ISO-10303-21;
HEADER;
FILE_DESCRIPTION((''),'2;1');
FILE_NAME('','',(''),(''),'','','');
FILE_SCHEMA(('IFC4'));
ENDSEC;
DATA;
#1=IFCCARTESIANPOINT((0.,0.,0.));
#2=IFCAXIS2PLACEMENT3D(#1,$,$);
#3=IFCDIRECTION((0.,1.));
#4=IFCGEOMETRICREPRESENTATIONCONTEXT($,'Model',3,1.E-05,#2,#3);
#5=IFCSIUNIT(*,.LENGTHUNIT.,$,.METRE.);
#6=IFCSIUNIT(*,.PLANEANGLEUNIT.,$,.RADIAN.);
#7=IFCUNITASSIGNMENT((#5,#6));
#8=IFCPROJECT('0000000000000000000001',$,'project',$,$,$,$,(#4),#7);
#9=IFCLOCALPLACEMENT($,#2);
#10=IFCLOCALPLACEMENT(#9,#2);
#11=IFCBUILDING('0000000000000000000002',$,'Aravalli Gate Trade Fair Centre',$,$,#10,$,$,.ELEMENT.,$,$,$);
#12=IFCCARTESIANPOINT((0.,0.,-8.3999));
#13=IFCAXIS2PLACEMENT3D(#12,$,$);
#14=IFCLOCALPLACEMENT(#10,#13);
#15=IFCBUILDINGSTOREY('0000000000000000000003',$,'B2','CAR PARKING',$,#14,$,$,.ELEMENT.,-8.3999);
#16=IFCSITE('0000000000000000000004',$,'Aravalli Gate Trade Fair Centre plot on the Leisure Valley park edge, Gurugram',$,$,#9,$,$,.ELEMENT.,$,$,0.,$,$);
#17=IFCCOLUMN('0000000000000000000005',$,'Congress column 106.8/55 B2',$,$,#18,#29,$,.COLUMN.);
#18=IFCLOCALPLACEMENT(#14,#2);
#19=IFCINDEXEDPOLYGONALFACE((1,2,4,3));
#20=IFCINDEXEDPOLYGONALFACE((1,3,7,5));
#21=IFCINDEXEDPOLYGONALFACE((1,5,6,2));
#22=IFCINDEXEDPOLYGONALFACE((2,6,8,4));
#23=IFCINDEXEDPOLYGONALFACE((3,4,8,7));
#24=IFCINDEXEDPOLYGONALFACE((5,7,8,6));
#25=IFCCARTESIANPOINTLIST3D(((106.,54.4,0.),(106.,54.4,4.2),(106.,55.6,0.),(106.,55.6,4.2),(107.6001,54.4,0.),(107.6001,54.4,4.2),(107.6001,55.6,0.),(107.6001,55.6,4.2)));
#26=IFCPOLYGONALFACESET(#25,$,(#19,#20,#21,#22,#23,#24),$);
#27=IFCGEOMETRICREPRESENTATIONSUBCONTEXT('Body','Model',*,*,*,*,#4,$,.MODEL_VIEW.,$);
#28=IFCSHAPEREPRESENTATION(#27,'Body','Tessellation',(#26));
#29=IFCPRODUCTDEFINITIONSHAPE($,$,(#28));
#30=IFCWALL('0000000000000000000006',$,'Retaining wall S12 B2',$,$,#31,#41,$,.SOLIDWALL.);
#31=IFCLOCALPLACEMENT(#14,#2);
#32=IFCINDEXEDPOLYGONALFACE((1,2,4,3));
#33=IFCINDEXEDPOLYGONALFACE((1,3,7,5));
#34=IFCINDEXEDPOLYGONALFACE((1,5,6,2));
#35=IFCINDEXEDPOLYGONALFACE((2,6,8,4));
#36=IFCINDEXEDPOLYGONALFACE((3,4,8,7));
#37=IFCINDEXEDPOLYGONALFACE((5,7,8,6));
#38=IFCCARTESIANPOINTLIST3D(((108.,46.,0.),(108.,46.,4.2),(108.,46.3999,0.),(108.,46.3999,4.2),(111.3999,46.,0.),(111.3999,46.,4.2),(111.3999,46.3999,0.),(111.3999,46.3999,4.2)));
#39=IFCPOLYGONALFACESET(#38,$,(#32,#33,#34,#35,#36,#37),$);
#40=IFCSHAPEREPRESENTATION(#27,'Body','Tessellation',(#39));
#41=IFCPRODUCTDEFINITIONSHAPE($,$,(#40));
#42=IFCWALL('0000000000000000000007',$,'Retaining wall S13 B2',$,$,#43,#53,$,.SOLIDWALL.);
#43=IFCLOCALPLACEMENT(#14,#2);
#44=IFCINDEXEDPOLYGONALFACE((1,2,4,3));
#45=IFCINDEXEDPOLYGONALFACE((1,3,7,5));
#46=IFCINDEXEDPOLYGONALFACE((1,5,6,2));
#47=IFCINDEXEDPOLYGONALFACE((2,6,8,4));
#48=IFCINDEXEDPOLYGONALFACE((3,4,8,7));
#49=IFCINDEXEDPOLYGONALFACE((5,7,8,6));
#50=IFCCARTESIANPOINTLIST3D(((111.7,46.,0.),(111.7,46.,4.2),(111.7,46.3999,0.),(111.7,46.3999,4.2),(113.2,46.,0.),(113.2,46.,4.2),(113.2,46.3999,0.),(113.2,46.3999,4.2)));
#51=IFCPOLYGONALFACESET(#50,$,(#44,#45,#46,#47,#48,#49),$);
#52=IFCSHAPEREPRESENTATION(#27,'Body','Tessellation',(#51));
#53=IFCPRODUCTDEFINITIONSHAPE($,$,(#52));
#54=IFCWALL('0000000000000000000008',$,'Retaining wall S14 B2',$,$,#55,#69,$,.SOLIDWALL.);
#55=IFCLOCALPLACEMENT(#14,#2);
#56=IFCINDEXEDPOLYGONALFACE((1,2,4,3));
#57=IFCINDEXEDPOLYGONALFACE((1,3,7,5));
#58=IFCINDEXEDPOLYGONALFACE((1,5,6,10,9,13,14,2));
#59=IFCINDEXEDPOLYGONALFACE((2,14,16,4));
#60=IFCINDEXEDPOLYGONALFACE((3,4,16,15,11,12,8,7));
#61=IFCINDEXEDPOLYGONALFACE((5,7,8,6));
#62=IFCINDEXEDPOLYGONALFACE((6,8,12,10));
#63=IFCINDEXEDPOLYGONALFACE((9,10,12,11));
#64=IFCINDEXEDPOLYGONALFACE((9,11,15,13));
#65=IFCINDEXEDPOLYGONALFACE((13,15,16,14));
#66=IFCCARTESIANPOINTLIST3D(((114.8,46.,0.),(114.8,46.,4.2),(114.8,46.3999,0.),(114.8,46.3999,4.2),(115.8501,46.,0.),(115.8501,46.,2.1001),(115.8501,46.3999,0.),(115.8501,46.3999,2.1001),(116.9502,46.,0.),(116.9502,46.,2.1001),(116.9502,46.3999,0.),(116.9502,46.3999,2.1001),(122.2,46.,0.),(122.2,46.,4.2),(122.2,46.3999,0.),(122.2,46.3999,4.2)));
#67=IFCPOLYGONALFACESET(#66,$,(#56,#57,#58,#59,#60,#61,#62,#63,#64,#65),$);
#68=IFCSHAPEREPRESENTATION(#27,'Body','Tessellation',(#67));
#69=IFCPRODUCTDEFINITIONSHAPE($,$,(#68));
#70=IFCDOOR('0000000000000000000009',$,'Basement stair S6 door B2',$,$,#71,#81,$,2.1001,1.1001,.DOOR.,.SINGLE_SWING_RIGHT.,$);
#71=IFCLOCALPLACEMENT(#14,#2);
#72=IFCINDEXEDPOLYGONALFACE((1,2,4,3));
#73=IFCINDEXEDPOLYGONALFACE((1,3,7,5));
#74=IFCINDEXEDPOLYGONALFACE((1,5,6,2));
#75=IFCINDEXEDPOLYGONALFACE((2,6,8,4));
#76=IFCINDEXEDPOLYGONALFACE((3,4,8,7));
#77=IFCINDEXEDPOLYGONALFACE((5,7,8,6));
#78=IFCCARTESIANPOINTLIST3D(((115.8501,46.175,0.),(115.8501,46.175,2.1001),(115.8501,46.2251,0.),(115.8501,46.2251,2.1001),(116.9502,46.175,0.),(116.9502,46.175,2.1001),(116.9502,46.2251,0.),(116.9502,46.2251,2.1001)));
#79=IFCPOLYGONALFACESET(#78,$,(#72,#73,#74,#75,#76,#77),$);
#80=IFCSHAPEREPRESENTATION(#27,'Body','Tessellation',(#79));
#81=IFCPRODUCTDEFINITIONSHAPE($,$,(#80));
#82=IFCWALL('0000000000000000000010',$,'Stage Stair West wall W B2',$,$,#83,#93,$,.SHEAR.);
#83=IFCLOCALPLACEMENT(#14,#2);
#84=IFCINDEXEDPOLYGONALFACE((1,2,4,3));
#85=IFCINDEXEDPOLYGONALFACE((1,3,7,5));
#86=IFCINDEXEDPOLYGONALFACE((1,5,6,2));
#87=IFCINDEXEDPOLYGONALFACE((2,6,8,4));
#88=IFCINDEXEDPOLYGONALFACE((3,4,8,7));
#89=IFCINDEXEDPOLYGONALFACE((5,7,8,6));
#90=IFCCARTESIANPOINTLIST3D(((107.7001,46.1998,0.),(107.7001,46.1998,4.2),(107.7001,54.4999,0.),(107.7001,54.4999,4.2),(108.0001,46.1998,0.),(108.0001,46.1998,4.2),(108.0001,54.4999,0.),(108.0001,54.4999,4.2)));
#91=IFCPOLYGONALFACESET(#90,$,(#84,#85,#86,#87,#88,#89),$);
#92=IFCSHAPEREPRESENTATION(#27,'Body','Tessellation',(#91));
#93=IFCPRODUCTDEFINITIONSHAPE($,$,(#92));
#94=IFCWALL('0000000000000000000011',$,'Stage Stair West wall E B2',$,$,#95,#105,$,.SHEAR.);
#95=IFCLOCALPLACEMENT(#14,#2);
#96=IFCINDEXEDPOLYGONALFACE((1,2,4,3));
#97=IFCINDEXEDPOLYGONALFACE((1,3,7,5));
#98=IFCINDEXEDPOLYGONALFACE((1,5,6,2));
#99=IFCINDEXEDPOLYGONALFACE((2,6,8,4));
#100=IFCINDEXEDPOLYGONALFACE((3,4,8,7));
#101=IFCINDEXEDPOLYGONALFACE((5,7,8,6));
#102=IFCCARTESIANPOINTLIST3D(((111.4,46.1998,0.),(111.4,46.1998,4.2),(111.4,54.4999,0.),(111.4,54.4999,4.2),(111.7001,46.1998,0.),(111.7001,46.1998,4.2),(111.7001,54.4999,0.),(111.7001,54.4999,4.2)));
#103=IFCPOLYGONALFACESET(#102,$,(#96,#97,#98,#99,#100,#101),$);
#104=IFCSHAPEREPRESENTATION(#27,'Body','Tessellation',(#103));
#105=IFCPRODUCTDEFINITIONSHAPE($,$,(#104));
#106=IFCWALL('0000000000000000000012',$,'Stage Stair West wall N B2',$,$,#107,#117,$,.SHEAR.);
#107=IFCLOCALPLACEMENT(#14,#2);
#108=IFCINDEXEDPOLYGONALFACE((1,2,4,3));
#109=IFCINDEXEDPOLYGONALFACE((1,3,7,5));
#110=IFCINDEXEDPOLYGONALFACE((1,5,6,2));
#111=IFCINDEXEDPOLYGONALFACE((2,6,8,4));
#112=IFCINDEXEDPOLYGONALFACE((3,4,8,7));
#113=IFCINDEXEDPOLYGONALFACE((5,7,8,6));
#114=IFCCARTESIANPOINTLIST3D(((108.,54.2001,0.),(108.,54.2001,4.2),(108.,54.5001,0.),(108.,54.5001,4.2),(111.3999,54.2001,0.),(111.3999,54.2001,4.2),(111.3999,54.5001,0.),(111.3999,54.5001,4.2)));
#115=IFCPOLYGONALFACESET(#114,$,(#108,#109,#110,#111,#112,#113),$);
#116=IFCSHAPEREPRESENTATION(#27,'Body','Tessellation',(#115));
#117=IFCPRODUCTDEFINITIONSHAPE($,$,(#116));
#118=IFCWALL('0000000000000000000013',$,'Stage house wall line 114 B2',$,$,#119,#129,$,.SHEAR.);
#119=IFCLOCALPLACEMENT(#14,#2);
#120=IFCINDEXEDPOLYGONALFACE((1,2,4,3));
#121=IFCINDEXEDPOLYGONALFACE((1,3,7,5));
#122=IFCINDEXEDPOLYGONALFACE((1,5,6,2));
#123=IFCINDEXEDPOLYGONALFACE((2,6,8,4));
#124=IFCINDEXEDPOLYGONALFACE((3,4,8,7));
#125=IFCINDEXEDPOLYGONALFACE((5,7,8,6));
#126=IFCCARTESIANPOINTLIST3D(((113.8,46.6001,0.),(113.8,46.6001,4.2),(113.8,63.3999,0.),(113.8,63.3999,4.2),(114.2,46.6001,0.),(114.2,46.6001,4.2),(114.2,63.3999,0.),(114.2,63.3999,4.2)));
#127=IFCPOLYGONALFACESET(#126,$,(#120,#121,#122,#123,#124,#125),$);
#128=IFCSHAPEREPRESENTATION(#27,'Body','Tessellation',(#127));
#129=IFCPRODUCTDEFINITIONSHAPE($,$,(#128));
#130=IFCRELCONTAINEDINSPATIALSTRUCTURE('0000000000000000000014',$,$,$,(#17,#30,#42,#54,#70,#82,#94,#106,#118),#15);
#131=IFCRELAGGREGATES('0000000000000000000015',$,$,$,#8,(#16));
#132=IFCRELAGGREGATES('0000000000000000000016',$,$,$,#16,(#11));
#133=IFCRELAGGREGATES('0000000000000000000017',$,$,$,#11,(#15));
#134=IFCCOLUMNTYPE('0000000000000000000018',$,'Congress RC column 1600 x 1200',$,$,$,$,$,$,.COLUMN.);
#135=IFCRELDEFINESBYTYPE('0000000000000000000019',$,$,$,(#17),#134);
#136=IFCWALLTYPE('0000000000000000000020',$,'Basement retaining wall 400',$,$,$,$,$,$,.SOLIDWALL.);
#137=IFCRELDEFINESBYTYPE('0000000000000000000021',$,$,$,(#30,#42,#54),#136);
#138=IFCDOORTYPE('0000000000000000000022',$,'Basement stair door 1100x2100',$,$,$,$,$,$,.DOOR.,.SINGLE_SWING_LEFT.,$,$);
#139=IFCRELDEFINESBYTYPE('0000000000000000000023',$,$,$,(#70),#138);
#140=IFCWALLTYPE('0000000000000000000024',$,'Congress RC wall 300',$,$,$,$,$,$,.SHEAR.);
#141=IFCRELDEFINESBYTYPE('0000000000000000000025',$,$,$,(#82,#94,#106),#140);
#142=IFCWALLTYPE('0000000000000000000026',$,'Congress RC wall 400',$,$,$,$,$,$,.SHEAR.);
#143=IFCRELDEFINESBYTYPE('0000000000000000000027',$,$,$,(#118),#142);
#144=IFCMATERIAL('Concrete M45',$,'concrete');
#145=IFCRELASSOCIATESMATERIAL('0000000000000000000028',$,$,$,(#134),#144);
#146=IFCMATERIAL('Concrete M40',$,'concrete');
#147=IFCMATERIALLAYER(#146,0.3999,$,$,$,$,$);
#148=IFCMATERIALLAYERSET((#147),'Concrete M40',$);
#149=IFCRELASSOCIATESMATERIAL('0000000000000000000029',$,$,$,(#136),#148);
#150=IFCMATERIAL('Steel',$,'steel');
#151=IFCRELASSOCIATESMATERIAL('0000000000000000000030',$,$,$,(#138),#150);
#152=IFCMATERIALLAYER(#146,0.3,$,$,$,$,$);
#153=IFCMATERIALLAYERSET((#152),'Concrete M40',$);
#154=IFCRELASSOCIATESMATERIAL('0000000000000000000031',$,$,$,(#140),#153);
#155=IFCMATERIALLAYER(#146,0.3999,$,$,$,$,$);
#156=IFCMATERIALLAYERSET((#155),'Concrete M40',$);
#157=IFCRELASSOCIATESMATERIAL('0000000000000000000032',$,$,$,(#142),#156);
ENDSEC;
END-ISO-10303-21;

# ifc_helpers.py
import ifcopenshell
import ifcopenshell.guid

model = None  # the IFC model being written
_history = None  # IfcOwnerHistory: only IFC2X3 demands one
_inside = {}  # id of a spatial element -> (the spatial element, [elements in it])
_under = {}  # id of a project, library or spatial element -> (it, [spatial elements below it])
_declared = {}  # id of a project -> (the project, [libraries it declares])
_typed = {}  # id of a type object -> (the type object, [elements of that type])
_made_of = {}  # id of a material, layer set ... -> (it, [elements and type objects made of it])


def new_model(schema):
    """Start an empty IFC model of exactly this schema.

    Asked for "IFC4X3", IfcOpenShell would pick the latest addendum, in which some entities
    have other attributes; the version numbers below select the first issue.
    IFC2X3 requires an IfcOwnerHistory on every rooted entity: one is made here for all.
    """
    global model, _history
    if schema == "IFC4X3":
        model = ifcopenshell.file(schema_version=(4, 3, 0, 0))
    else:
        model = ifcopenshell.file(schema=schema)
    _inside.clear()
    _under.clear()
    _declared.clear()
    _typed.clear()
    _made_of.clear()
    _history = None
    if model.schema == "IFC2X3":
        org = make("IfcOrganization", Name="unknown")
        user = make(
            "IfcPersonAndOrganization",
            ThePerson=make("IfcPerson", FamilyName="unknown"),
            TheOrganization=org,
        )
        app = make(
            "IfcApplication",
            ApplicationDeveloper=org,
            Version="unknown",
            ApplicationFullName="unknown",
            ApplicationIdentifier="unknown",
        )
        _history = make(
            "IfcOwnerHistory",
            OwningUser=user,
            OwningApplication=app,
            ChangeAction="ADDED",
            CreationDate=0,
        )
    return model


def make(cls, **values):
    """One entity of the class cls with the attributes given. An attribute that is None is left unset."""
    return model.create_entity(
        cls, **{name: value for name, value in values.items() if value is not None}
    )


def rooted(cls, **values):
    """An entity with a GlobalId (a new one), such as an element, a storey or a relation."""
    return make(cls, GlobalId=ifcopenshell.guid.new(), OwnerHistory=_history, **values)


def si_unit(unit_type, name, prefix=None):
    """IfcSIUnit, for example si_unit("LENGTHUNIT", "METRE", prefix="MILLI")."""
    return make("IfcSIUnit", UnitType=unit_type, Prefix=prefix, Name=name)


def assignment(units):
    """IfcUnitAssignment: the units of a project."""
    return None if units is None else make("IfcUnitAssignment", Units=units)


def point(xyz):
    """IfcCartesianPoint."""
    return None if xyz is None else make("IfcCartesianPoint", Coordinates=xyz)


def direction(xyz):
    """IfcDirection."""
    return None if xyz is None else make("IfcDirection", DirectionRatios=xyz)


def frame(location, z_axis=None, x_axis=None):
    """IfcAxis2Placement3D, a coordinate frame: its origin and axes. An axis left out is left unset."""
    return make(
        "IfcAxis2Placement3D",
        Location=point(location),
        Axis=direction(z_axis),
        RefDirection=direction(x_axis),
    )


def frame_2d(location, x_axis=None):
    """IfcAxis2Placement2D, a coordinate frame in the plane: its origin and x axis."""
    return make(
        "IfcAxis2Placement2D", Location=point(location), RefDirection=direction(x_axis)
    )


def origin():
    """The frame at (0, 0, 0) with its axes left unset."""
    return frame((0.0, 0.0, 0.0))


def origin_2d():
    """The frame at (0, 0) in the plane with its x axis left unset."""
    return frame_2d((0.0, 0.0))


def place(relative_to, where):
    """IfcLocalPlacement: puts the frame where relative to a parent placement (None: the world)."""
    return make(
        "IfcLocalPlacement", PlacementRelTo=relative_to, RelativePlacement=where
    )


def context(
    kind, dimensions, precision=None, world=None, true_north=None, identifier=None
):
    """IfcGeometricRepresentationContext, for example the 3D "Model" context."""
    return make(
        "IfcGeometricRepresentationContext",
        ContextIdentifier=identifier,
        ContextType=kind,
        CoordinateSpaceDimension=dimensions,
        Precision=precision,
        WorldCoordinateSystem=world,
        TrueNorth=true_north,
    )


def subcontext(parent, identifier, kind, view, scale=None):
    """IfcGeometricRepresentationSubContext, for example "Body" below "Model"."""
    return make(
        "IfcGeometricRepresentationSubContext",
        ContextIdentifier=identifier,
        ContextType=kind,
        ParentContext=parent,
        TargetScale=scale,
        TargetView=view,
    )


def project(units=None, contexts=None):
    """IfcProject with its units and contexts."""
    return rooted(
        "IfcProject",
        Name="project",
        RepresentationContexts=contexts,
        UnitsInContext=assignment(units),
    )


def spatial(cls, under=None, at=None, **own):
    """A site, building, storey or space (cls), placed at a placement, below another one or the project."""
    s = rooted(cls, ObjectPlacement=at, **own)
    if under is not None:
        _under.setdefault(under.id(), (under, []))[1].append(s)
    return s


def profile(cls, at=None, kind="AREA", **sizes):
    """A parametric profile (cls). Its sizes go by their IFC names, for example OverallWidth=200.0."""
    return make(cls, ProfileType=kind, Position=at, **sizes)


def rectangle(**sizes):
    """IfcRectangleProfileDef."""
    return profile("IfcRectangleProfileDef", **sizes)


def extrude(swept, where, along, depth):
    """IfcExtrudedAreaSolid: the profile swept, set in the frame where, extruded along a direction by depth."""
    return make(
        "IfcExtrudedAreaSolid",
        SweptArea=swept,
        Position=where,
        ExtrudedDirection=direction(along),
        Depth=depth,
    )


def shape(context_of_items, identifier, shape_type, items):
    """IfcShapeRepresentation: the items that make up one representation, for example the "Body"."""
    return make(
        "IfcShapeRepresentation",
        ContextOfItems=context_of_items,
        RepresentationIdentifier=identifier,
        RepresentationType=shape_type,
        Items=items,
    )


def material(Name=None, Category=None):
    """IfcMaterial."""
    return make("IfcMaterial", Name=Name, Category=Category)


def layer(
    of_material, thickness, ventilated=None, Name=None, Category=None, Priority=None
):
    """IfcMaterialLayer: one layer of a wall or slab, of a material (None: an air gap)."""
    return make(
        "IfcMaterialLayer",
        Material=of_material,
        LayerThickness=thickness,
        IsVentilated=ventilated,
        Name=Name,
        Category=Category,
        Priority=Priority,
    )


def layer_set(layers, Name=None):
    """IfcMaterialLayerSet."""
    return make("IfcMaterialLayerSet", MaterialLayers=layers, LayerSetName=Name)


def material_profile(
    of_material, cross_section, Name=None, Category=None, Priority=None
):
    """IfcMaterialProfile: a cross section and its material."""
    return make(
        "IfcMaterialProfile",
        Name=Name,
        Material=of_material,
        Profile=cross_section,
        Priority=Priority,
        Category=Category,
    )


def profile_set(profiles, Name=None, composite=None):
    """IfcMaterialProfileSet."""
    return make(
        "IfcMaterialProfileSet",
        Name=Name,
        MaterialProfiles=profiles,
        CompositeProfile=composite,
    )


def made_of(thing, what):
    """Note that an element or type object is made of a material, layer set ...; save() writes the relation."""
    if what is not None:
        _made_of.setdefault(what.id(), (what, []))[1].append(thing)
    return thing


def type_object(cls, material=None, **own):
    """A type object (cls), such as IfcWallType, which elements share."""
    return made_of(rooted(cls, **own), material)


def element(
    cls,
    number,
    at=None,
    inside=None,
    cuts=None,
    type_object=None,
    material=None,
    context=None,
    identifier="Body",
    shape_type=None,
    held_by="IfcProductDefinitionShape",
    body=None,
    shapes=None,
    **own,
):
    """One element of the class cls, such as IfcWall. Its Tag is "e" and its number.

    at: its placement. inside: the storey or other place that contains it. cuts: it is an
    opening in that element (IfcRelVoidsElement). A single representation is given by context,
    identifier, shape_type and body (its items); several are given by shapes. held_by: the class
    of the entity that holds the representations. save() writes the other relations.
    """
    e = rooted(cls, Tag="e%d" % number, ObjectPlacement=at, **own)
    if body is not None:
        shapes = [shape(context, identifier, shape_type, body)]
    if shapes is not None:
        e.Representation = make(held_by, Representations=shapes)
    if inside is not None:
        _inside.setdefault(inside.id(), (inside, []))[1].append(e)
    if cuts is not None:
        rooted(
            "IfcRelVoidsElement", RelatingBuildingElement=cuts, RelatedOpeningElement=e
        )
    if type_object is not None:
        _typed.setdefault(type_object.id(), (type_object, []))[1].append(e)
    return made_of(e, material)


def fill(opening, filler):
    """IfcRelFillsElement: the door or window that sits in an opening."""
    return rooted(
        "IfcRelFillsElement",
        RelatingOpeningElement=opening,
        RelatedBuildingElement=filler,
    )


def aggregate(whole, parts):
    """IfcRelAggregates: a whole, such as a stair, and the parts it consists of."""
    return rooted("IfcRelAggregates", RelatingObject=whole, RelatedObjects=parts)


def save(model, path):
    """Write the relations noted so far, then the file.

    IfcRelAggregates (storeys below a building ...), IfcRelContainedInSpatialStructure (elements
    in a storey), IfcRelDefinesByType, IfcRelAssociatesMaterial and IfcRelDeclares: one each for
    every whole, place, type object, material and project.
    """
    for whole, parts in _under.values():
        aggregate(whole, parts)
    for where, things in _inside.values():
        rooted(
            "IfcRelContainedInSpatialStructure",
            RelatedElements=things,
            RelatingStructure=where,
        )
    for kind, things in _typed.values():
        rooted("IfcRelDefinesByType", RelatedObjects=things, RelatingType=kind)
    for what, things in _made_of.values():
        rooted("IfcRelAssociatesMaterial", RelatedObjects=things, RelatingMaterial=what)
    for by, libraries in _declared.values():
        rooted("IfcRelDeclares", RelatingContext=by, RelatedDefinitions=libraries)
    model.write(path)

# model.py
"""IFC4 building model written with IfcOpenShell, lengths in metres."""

from ifc_helpers import new_model, si_unit, direction, frame, frame_2d, origin, origin_2d, place, context, subcontext, project, spatial, rectangle, extrude, material, layer, layer_set, material_profile, profile_set, type_object, element, fill, save


model = new_model("IFC4")

# Units and contexts
model_context = context("Model", 3, precision=1e-05, world=origin(), true_north=direction((0.0, 1.0)))
body_context = subcontext(model_context, "Body", "Model", "MODEL_VIEW")
ifc_project = project(units=[si_unit("LENGTHUNIT", "METRE"), si_unit("PLANEANGLEUNIT", "RADIAN")], contexts=[model_context])

# Site, building, storey
site_placement = place(None, origin())
site = spatial("IfcSite", under=ifc_project, at=site_placement, Name="Aravalli Gate Trade Fair Centre plot on the Leisure Valley park edge, Gurugram", CompositionType="ELEMENT", RefElevation=0.0)
building_placement = place(site_placement, origin())
building = spatial("IfcBuilding", under=site, at=building_placement, Name="Aravalli Gate Trade Fair Centre", CompositionType="ELEMENT")
storey_placement = place(building_placement, frame((0.0, 0.0, -8.3999)))
storey = spatial("IfcBuildingStorey", under=building, at=storey_placement, Name="B2", Description="CAR PARKING", CompositionType="ELEMENT", Elevation=-8.3999)

# Column
ifc_material_1 = material(Name="Concrete M45", Category="concrete")
ifc_material_profile_1 = material_profile(ifc_material_1, rectangle(XDim=1.6001, YDim=1.2, at=origin_2d()), Name="RC 1600x1200")
ifc_profile_set_1 = profile_set([ifc_material_profile_1], Name="Concrete M45")
column_type_1 = type_object("IfcColumnType", Name="Congress RC column 1600 x 1200", PredefinedType="COLUMN", material=ifc_profile_set_1)
column_1_placement = place(storey_placement, frame((106.8, 55.0, 0.0), z_axis=(0.0, 0.0, 1.0), x_axis=(1.0, 0.0, 0.0)))
element("IfcColumn", 1, at=column_1_placement, inside=storey, type_object=column_type_1, Name="Congress column 106.8/55 B2", PredefinedType="COLUMN", context=body_context, shape_type="SweptSolid", body=[
    extrude(rectangle(XDim=1.6001, YDim=1.2, at=origin_2d()), origin(), (0.0, 0.0, 1.0), 4.2),
])

# Walls
ifc_material_2 = material(Name="Concrete M40", Category="concrete")
ifc_layer_1 = layer(ifc_material_2, 0.3999)
ifc_layer_set_1 = layer_set([ifc_layer_1], Name="Concrete M40")
wall_type_1 = type_object("IfcWallType", Name="Basement retaining wall 400", PredefinedType="SOLIDWALL", material=ifc_layer_set_1)
wall_1_placement = place(storey_placement, frame((108.0, 46.2, 0.0), z_axis=(0.0, 0.0, 1.0), x_axis=(1.0, 0.0, 0.0)))
element("IfcWall", 2, at=wall_1_placement, inside=storey, type_object=wall_type_1, Name="Retaining wall S12 B2", PredefinedType="SOLIDWALL", context=body_context, shape_type="SweptSolid", body=[
    extrude(rectangle(XDim=3.3999, YDim=0.3999, at=frame_2d((1.7, 0.0))), origin(), (0.0, 0.0, 1.0), 4.2),
])
wall_2_placement = place(storey_placement, frame((111.7, 46.2, 0.0), z_axis=(0.0, 0.0, 1.0), x_axis=(1.0, 0.0, 0.0)))
element("IfcWall", 3, at=wall_2_placement, inside=storey, type_object=wall_type_1, Name="Retaining wall S13 B2", PredefinedType="SOLIDWALL", context=body_context, shape_type="SweptSolid", body=[
    extrude(rectangle(XDim=1.5, YDim=0.3999, at=frame_2d((0.75, 0.0))), origin(), (0.0, 0.0, 1.0), 4.2),
])

# Wall, opening, door
wall_3_placement = place(storey_placement, frame((114.8, 46.2, 0.0), z_axis=(0.0, 0.0, 1.0), x_axis=(1.0, 0.0, 0.0)))
wall_3 = element("IfcWall", 4, at=wall_3_placement, inside=storey, type_object=wall_type_1, Name="Retaining wall S14 B2", PredefinedType="SOLIDWALL", context=body_context, shape_type="SweptSolid", body=[
    extrude(rectangle(XDim=7.3999, YDim=0.3999, at=frame_2d((3.7, 0.0))), origin(), (0.0, 0.0, 1.0), 4.2),
])
opening_placement = place(wall_3_placement, frame((1.05, 0.0, 0.0)))
opening = element("IfcOpeningElement", 5, at=opening_placement, cuts=wall_3, PredefinedType="OPENING", context=body_context, shape_type="SweptSolid", body=[
    extrude(rectangle(XDim=1.1001, YDim=2.1001, at=frame_2d((0.55, 1.05))), frame((0.0, 0.21, 0.0), z_axis=(0.0, -1.0, 0.0), x_axis=(1.0, 0.0, 0.0)), (0.0, 0.0, 1.0), 0.4199),
])
ifc_material_3 = material(Name="Steel", Category="steel")
door_type = type_object("IfcDoorType", Name="Basement stair door 1100x2100", OperationType="SINGLE_SWING_LEFT", PredefinedType="DOOR", material=ifc_material_3)
door_placement = place(opening_placement, frame((1.1001, 0.0, 0.0), z_axis=(0.0, 0.0, 1.0), x_axis=(-1.0, 0.0, 0.0)))
door = element("IfcDoor", 6, at=door_placement, inside=storey, type_object=door_type, Name="Basement stair S6 door B2", OperationType="SINGLE_SWING_RIGHT", OverallHeight=2.1001, OverallWidth=1.1001, PredefinedType="DOOR", context=body_context, shape_type="SweptSolid", body=[
    extrude(rectangle(XDim=1.1001, YDim=2.1001, at=frame_2d((0.55, 1.05))), frame((0.0, 0.0249, 0.0), z_axis=(0.0, -1.0, 0.0), x_axis=(1.0, 0.0, 0.0)), (0.0, 0.0, 1.0), 0.05),
])
fill(opening, door)

# Walls
ifc_layer_2 = layer(ifc_material_2, 0.3)
ifc_layer_set_2 = layer_set([ifc_layer_2], Name="Concrete M40")
wall_type_2 = type_object("IfcWallType", Name="Congress RC wall 300", PredefinedType="SHEAR", material=ifc_layer_set_2)
for number, where, z_axis, x_axis, name in (
    (7, (107.8501, 46.2, 0.0), (0.0, 0.0, 1.0), (0.0, 1.0, 0.0), "Stage Stair West wall W B2"),
    (8, (111.55, 46.2, 0.0), (0.0, 0.0, 1.0), (0.0, 1.0, 0.0), "Stage Stair West wall E B2"),
):
    element("IfcWall", number, at=place(storey_placement, frame(where, z_axis=z_axis, x_axis=x_axis)), inside=storey, type_object=wall_type_2, Name=name, PredefinedType="SHEAR", context=body_context, shape_type="SweptSolid", body=[
        extrude(rectangle(XDim=8.3, YDim=0.3, at=frame_2d((4.1499, 0.0))), origin(), (0.0, 0.0, 1.0), 4.2),
    ])
wall_4_placement = place(storey_placement, frame((108.0, 54.3501, 0.0), z_axis=(0.0, 0.0, 1.0), x_axis=(1.0, 0.0, 0.0)))
element("IfcWall", 9, at=wall_4_placement, inside=storey, type_object=wall_type_2, Name="Stage Stair West wall N B2", PredefinedType="SHEAR", context=body_context, shape_type="SweptSolid", body=[
    extrude(rectangle(XDim=3.3999, YDim=0.3, at=frame_2d((1.7, 0.0))), origin(), (0.0, 0.0, 1.0), 4.2),
])
ifc_layer_3 = layer(ifc_material_2, 0.3999)
ifc_layer_set_3 = layer_set([ifc_layer_3], Name="Concrete M40")
wall_type_3 = type_object("IfcWallType", Name="Congress RC wall 400", PredefinedType="SHEAR", material=ifc_layer_set_3)
wall_5_placement = place(storey_placement, frame((114.0, 46.6001, 0.0), z_axis=(0.0, 0.0, 1.0), x_axis=(0.0, 1.0, 0.0)))
element("IfcWall", 10, at=wall_5_placement, inside=storey, type_object=wall_type_3, Name="Stage house wall line 114 B2", PredefinedType="SHEAR", context=body_context, shape_type="SweptSolid", body=[
    extrude(rectangle(XDim=16.7998, YDim=0.3999, at=frame_2d((8.3999, 0.0))), origin(), (0.0, 0.0, 1.0), 4.2),
])

save(model, "model.ifc")
